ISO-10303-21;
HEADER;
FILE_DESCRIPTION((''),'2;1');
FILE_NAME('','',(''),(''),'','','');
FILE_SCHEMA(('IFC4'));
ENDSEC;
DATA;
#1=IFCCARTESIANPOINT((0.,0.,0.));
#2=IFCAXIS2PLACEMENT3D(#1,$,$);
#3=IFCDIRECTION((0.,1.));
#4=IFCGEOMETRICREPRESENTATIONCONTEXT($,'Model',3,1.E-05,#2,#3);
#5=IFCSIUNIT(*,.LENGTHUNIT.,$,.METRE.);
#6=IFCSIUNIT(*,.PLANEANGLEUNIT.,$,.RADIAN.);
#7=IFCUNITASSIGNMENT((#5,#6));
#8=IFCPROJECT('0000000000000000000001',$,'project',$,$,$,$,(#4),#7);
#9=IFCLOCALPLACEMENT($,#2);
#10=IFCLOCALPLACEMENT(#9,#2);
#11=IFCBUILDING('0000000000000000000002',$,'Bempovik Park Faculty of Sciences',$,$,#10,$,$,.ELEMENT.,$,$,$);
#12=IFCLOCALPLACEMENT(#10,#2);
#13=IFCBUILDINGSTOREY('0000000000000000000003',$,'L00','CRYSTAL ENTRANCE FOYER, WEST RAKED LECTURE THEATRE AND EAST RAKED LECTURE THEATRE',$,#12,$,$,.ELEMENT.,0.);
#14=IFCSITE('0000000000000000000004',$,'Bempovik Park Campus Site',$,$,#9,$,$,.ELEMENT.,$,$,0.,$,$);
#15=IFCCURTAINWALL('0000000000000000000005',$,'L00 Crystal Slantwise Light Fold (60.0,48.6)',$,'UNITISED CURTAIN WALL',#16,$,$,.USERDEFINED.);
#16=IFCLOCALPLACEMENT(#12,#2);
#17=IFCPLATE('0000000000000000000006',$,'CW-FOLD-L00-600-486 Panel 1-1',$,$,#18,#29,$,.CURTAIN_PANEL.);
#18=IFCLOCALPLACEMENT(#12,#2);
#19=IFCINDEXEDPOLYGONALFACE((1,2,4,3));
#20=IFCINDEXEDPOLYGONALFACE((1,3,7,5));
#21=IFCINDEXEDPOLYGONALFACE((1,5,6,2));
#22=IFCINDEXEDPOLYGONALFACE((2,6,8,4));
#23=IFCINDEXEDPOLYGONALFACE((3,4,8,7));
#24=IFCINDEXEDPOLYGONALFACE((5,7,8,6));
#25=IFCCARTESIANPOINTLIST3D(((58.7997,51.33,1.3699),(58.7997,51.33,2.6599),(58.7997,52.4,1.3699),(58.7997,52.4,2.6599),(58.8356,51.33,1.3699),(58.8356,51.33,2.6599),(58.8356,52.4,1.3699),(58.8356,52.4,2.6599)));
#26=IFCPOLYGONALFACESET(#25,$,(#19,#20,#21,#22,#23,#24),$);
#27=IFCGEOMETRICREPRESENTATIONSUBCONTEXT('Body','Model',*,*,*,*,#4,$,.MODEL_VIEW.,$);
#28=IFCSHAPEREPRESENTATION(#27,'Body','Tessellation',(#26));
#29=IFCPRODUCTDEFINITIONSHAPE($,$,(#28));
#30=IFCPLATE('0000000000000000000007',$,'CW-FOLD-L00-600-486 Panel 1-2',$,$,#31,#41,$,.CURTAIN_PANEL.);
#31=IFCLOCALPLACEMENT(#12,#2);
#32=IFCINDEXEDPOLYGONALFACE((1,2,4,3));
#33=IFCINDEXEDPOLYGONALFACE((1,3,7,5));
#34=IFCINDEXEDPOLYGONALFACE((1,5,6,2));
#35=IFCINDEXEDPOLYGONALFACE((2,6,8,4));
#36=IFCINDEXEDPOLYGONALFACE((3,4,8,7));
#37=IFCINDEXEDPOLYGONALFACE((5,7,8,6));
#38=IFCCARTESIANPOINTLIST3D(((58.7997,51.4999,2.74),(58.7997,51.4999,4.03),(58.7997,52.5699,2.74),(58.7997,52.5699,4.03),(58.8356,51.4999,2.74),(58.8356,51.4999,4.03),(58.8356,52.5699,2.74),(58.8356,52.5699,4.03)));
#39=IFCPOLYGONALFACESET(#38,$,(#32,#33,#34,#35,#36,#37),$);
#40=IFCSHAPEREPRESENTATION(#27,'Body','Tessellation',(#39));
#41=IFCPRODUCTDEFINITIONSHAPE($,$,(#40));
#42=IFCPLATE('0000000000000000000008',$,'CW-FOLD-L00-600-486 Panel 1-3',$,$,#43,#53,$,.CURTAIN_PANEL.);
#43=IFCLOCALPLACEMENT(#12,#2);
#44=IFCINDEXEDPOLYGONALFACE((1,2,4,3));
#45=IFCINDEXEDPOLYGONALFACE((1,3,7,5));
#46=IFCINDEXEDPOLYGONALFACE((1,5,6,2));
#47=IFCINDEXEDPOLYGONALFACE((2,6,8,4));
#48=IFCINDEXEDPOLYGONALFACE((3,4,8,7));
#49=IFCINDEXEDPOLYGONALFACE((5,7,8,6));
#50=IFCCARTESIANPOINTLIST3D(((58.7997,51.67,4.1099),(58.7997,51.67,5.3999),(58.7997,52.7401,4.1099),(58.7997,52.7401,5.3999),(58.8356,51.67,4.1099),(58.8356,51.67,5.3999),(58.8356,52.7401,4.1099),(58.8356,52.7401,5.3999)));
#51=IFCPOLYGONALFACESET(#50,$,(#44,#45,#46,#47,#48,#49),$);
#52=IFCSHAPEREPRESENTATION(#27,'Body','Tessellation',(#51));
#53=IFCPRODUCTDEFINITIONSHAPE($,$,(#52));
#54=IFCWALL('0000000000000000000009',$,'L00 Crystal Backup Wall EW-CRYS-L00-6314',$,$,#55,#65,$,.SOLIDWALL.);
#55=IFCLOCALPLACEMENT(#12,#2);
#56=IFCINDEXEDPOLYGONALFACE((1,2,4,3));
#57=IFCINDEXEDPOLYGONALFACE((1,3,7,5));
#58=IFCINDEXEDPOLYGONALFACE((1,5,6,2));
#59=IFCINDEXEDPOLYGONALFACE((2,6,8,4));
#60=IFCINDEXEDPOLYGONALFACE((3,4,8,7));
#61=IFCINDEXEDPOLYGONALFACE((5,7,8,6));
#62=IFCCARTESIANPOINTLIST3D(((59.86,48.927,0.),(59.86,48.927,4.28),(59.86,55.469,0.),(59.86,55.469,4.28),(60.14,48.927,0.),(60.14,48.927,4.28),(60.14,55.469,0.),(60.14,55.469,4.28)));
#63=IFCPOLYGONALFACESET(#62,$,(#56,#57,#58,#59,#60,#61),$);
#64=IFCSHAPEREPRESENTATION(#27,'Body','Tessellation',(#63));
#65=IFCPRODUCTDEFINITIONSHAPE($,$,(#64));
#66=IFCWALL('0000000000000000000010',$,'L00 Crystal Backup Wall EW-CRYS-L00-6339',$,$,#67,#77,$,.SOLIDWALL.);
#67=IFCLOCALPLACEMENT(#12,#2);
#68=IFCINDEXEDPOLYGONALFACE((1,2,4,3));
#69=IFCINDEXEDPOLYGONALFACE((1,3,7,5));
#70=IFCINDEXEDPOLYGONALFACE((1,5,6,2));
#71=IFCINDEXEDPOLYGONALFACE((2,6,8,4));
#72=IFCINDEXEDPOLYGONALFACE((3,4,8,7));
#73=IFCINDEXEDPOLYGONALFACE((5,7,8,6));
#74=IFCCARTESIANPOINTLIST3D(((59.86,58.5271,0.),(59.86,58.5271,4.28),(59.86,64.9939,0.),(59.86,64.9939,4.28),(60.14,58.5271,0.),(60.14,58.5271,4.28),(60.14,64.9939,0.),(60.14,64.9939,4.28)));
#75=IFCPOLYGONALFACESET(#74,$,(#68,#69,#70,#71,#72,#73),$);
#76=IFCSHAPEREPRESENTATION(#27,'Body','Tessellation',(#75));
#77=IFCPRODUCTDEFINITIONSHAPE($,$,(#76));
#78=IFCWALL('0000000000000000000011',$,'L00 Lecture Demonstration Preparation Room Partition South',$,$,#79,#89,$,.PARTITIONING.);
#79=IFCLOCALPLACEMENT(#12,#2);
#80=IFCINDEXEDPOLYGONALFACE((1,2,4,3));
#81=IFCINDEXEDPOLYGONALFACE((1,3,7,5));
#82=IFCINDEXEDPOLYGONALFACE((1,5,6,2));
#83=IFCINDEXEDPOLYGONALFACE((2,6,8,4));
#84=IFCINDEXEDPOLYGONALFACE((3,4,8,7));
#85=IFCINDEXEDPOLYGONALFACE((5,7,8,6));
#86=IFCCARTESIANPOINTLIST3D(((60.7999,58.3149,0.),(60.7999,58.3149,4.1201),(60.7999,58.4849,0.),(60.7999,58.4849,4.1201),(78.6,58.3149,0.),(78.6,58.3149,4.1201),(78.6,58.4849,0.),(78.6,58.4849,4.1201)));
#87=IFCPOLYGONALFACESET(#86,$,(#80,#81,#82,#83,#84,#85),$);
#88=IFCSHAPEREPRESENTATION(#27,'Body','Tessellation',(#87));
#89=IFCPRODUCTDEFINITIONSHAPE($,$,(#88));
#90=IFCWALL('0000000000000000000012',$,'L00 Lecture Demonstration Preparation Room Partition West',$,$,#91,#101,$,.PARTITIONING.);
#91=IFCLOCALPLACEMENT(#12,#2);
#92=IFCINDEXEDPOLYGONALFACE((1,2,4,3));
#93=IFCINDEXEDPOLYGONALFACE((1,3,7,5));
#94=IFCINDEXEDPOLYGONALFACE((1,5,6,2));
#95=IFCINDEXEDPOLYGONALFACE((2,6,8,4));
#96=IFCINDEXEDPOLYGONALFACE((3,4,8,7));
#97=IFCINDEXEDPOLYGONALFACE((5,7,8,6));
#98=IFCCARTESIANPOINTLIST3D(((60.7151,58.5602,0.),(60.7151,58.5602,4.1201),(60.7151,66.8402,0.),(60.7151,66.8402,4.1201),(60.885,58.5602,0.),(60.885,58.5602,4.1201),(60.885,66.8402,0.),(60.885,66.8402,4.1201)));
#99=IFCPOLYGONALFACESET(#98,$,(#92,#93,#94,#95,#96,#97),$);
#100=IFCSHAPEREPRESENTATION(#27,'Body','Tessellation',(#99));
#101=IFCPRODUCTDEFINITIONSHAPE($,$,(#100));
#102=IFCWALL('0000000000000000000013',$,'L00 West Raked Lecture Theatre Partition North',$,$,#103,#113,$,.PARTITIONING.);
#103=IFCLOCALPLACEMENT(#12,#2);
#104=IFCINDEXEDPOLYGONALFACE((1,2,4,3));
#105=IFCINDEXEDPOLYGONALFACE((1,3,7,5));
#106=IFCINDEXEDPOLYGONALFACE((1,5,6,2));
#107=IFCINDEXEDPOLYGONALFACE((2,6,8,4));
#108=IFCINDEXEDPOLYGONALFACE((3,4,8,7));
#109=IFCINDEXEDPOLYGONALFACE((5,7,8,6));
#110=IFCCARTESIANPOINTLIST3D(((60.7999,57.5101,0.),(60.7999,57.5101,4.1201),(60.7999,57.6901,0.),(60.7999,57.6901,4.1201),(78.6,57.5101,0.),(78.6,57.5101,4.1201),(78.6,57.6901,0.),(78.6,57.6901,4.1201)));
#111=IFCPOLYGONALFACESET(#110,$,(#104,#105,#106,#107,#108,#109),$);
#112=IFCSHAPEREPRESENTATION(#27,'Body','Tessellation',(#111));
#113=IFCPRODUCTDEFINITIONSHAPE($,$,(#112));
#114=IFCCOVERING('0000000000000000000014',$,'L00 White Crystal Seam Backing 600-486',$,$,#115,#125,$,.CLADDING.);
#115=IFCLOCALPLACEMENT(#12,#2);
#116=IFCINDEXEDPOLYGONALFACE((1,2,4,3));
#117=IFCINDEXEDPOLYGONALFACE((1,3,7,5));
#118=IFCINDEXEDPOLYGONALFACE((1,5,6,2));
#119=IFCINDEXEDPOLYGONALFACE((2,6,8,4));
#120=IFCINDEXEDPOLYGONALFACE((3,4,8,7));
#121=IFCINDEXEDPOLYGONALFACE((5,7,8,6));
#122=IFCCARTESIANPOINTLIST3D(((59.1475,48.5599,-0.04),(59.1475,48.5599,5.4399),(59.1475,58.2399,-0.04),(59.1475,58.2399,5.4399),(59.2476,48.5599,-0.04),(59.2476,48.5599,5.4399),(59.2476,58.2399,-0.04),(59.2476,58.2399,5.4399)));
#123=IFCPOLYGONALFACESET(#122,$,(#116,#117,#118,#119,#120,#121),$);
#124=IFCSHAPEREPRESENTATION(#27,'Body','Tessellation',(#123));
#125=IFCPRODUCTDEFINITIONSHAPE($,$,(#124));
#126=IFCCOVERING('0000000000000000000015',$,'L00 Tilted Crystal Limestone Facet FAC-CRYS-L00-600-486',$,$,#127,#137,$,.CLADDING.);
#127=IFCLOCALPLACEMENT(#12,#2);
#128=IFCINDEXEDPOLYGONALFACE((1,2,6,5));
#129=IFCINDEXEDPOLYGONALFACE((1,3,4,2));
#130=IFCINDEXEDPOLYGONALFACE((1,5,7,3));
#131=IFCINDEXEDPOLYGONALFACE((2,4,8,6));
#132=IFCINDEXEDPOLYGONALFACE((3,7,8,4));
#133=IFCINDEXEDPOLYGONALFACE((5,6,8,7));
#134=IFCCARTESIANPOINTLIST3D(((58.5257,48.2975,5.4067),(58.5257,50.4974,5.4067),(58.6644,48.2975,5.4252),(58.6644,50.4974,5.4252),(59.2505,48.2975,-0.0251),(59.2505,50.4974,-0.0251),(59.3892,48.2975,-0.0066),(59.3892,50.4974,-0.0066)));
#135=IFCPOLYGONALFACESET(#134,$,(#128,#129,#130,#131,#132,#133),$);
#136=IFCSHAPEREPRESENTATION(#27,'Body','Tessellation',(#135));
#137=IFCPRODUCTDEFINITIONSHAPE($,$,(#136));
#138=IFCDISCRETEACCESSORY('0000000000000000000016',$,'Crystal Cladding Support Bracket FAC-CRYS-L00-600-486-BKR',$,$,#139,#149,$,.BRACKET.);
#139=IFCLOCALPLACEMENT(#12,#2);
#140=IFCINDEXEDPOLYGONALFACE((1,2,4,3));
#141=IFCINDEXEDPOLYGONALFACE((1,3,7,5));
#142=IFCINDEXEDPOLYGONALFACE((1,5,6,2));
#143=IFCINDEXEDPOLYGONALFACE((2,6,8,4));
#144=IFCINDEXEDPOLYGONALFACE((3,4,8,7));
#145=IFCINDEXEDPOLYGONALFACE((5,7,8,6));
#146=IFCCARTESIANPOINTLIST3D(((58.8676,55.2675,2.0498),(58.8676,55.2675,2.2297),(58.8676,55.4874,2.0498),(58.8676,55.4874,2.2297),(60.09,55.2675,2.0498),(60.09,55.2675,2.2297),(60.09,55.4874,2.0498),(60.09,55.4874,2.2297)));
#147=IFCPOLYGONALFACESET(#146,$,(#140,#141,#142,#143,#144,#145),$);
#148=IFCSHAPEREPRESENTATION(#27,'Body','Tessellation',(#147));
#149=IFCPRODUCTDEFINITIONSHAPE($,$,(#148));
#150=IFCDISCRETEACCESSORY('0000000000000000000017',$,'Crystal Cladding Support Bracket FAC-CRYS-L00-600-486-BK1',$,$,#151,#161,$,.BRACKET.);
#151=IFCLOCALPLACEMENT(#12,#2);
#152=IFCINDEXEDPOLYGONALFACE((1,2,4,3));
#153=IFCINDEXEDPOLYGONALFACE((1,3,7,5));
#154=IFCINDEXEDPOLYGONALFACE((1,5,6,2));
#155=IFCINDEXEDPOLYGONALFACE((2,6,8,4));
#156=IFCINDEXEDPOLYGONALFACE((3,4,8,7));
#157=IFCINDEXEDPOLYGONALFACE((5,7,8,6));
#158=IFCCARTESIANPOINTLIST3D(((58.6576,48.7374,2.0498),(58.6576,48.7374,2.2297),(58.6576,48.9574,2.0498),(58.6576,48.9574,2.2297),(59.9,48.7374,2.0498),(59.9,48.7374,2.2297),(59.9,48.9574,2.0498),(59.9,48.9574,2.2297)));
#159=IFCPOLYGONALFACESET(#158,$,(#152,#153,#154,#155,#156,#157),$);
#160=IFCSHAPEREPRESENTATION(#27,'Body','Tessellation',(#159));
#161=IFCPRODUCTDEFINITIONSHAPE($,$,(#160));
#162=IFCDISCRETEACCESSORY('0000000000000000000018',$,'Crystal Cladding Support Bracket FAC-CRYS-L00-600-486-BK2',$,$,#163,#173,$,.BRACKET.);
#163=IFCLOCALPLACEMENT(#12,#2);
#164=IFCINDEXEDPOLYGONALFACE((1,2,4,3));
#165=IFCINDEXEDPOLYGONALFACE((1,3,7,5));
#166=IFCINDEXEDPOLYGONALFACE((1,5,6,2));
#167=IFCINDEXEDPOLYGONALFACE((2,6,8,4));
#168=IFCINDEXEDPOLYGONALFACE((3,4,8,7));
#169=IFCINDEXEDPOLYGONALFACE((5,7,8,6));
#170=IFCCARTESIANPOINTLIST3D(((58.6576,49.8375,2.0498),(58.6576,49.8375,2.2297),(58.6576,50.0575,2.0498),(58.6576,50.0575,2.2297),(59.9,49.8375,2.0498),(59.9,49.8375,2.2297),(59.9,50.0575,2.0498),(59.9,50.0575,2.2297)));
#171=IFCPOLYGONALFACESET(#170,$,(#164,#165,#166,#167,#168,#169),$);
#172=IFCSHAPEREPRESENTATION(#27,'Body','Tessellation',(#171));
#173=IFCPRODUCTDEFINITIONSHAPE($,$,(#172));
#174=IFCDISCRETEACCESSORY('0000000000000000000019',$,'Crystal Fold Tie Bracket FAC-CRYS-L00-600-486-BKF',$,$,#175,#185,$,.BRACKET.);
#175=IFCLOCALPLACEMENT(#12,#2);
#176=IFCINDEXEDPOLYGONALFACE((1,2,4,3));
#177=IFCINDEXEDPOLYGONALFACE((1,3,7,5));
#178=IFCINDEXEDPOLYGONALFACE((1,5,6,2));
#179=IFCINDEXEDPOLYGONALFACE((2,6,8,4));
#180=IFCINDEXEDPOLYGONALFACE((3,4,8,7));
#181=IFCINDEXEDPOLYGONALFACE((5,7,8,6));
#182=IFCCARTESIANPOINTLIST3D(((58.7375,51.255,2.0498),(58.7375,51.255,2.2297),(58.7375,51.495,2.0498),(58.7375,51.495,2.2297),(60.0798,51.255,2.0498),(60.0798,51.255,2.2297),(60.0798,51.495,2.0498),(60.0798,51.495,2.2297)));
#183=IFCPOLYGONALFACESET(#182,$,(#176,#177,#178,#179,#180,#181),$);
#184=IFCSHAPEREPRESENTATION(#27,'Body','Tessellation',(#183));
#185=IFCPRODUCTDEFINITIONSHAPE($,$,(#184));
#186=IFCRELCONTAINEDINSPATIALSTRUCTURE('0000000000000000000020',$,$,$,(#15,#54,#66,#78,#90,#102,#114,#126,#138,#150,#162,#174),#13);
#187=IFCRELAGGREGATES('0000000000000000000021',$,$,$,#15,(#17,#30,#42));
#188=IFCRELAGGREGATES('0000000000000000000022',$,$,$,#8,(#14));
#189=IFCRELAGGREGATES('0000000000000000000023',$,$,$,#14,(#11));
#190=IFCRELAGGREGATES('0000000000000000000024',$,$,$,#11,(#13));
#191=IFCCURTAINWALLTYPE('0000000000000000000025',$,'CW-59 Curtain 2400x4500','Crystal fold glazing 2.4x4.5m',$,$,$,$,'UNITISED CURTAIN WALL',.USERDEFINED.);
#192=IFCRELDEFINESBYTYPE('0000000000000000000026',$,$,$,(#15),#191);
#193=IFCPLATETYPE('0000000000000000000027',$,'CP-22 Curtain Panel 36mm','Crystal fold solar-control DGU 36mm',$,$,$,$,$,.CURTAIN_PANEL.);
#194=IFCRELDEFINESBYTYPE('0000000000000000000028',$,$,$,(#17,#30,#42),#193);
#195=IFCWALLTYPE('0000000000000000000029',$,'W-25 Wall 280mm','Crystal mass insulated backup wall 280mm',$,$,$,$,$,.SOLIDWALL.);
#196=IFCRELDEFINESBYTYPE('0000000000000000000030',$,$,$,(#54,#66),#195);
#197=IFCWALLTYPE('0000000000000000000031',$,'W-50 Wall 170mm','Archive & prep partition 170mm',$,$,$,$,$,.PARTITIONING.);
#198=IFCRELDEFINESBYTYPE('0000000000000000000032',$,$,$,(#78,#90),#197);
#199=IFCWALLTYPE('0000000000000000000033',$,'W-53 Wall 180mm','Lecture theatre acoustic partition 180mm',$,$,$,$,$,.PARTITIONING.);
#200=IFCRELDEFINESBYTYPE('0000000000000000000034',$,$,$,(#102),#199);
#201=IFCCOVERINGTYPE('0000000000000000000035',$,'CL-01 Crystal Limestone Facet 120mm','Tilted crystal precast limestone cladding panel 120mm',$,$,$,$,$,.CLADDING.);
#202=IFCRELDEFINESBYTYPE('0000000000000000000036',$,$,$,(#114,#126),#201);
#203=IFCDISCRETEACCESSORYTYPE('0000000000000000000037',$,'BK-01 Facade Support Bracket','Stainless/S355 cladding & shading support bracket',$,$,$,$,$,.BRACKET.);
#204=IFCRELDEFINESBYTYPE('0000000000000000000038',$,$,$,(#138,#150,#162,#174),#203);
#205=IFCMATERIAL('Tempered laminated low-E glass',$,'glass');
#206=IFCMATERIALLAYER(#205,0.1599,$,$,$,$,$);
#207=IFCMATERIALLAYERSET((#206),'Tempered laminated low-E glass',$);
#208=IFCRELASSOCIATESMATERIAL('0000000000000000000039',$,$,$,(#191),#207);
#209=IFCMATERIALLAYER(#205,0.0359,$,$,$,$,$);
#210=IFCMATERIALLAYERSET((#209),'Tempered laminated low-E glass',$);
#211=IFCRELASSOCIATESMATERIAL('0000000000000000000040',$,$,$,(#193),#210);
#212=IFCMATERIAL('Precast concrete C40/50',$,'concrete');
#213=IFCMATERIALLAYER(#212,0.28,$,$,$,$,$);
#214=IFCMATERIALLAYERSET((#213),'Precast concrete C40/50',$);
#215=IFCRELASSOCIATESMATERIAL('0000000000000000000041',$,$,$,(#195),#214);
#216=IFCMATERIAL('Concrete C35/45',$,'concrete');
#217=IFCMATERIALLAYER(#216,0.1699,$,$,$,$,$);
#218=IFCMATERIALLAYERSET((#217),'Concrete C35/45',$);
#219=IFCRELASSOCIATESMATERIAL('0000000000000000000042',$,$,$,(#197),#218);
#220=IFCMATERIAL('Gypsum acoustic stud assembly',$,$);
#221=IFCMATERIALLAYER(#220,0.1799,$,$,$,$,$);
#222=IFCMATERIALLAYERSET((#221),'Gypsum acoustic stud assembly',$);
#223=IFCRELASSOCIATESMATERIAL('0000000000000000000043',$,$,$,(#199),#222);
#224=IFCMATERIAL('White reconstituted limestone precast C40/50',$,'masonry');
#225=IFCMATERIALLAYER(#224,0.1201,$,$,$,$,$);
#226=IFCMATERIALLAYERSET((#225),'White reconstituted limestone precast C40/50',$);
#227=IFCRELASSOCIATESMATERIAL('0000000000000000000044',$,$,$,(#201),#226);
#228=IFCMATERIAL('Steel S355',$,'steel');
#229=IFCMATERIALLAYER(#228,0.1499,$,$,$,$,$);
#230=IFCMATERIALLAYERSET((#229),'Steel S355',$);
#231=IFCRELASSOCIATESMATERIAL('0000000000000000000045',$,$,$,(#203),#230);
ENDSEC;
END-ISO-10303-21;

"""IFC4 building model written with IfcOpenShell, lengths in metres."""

from ifc_helpers import new_model, si_unit, direction, frame, frame_2d, origin, origin_2d, place, context, subcontext, project, spatial, rectangle, extrude, material, layer, layer_set, type_object, element, aggregate, save


model = new_model("IFC4")

# Units and contexts
model_context = context("Model", 3, precision=1e-05, world=origin(), true_north=direction((0.0, 1.0)))
body_context = subcontext(model_context, "Body", "Model", "MODEL_VIEW")
ifc_project = project(units=[si_unit("LENGTHUNIT", "METRE"), si_unit("PLANEANGLEUNIT", "RADIAN")], contexts=[model_context])

# Site, building, storey
site_placement = place(None, origin())
site = spatial("IfcSite", under=ifc_project, at=site_placement, Name="Bempovik Park Campus Site", CompositionType="ELEMENT", RefElevation=0.0)
building_placement = place(site_placement, origin())
building = spatial("IfcBuilding", under=site, at=building_placement, Name="Bempovik Park Faculty of Sciences", CompositionType="ELEMENT")
storey_placement = place(building_placement, origin())
storey = spatial("IfcBuildingStorey", under=building, at=storey_placement, Name="L00", Description="CRYSTAL ENTRANCE FOYER, WEST RAKED LECTURE THEATRE AND EAST RAKED LECTURE THEATRE", CompositionType="ELEMENT", Elevation=0.0)

# Shared definitions
ifc_material_1 = material(Name="Concrete C35/45", Category="concrete")

# Curtain wall, plates
ifc_material_2 = material(Name="Tempered laminated low-E glass", Category="glass")
ifc_layer_1 = layer(ifc_material_2, 0.1599)
ifc_layer_set_1 = layer_set([ifc_layer_1], Name="Tempered laminated low-E glass")
curtain_wall_type = type_object("IfcCurtainWallType", Name="CW-59 Curtain 2400x4500", Description="Crystal fold glazing 2.4x4.5m", ElementType="UNITISED CURTAIN WALL", PredefinedType="USERDEFINED", material=ifc_layer_set_1)
curtain_wall_placement = place(storey_placement, origin())
curtain_wall = element("IfcCurtainWall", 1, at=curtain_wall_placement, inside=storey, type_object=curtain_wall_type, Name="L00 Crystal Slantwise Light Fold (60.0,48.6)", ObjectType="UNITISED CURTAIN WALL", PredefinedType="USERDEFINED")
ifc_layer_2 = layer(ifc_material_2, 0.0359)
ifc_layer_set_2 = layer_set([ifc_layer_2], Name="Tempered laminated low-E glass")
plate_type = type_object("IfcPlateType", Name="CP-22 Curtain Panel 36mm", Description="Crystal fold solar-control DGU 36mm", PredefinedType="CURTAIN_PANEL", material=ifc_layer_set_2)
plate_1_placement = place(storey_placement, frame((58.8176, 51.865, 1.3699), z_axis=(0.0, 0.0, 1.0), x_axis=(0.0, 1.0, 0.0)))
plate_1 = element("IfcPlate", 2, at=plate_1_placement, type_object=plate_type, Name="CW-FOLD-L00-600-486 Panel 1-1", PredefinedType="CURTAIN_PANEL", context=body_context, shape_type="SweptSolid", body=[
    extrude(rectangle(XDim=1.0701, YDim=0.0359, at=origin_2d()), origin(), (0.0, 0.0, 1.0), 1.29),
])
plate_2_placement = place(storey_placement, frame((58.8176, 52.0349, 2.74), z_axis=(0.0, 0.0, 1.0), x_axis=(0.0, 1.0, 0.0)))
plate_2 = element("IfcPlate", 3, at=plate_2_placement, type_object=plate_type, Name="CW-FOLD-L00-600-486 Panel 1-2", PredefinedType="CURTAIN_PANEL", context=body_context, shape_type="SweptSolid", body=[
    extrude(rectangle(XDim=1.0701, YDim=0.0359, at=origin_2d()), origin(), (0.0, 0.0, 1.0), 1.29),
])
plate_3_placement = place(storey_placement, frame((58.8176, 52.2051, 4.1099), z_axis=(0.0, 0.0, 1.0), x_axis=(0.0, 1.0, 0.0)))
plate_3 = element("IfcPlate", 4, at=plate_3_placement, type_object=plate_type, Name="CW-FOLD-L00-600-486 Panel 1-3", PredefinedType="CURTAIN_PANEL", context=body_context, shape_type="SweptSolid", body=[
    extrude(rectangle(XDim=1.0701, YDim=0.0359, at=origin_2d()), origin(), (0.0, 0.0, 1.0), 1.29),
])
aggregate(curtain_wall, [plate_1, plate_2, plate_3])

# Walls
ifc_material_3 = material(Name="Precast concrete C40/50", Category="concrete")
ifc_layer_3 = layer(ifc_material_3, 0.28)
ifc_layer_set_3 = layer_set([ifc_layer_3], Name="Precast concrete C40/50")
wall_type_1 = type_object("IfcWallType", Name="W-25 Wall 280mm", Description="Crystal mass insulated backup wall 280mm", PredefinedType="SOLIDWALL", material=ifc_layer_set_3)
wall_1_placement = place(storey_placement, frame((60.0, 48.927, 0.0), z_axis=(0.0, 0.0, 1.0), x_axis=(0.0, 1.0, 0.0)))
element("IfcWall", 5, at=wall_1_placement, inside=storey, type_object=wall_type_1, Name="L00 Crystal Backup Wall EW-CRYS-L00-6314", PredefinedType="SOLIDWALL", context=body_context, shape_type="SweptSolid", body=[
    extrude(rectangle(XDim=6.542, YDim=0.28, at=frame_2d((3.271, 0.0))), origin(), (0.0, 0.0, 1.0), 4.28),
])
wall_2_placement = place(storey_placement, frame((60.0, 58.5271, 0.0), z_axis=(0.0, 0.0, 1.0), x_axis=(0.0, 1.0, 0.0)))
element("IfcWall", 6, at=wall_2_placement, inside=storey, type_object=wall_type_1, Name="L00 Crystal Backup Wall EW-CRYS-L00-6339", PredefinedType="SOLIDWALL", context=body_context, shape_type="SweptSolid", body=[
    extrude(rectangle(XDim=6.4668, YDim=0.28, at=frame_2d((3.2334, 0.0))), origin(), (0.0, 0.0, 1.0), 4.28),
])
ifc_layer_4 = layer(ifc_material_1, 0.1699)
ifc_layer_set_4 = layer_set([ifc_layer_4], Name="Concrete C35/45")
wall_type_2 = type_object("IfcWallType", Name="W-50 Wall 170mm", Description="Archive & prep partition 170mm", PredefinedType="PARTITIONING", material=ifc_layer_set_4)
wall_3_placement = place(storey_placement, frame((60.8, 58.3999, 0.0), z_axis=(0.0, 0.0, 1.0), x_axis=(1.0, 0.0, 0.0)))
element("IfcWall", 7, at=wall_3_placement, inside=storey, type_object=wall_type_2, Name="L00 Lecture Demonstration Preparation Room Partition South", PredefinedType="PARTITIONING", context=body_context, shape_type="SweptSolid", body=[
    extrude(rectangle(XDim=17.8, YDim=0.1699, at=frame_2d((8.8999, 0.0))), origin(), (0.0, 0.0, 1.0), 4.1201),
])
wall_4_placement = place(storey_placement, frame((60.8, 58.5601, 0.0), z_axis=(0.0, 0.0, 1.0), x_axis=(0.0, 1.0, 0.0)))
element("IfcWall", 8, at=wall_4_placement, inside=storey, type_object=wall_type_2, Name="L00 Lecture Demonstration Preparation Room Partition West", PredefinedType="PARTITIONING", context=body_context, shape_type="SweptSolid", body=[
    extrude(rectangle(XDim=8.28, YDim=0.1699, at=frame_2d((4.1401, 0.0))), origin(), (0.0, 0.0, 1.0), 4.1201),
])
ifc_material_4 = material(Name="Gypsum acoustic stud assembly")
ifc_layer_5 = layer(ifc_material_4, 0.1799)
ifc_layer_set_5 = layer_set([ifc_layer_5], Name="Gypsum acoustic stud assembly")
wall_type_3 = type_object("IfcWallType", Name="W-53 Wall 180mm", Description="Lecture theatre acoustic partition 180mm", PredefinedType="PARTITIONING", material=ifc_layer_set_5)
wall_5_placement = place(storey_placement, frame((60.8, 57.6001, 0.0), z_axis=(0.0, 0.0, 1.0), x_axis=(1.0, 0.0, 0.0)))
element("IfcWall", 9, at=wall_5_placement, inside=storey, type_object=wall_type_3, Name="L00 West Raked Lecture Theatre Partition North", PredefinedType="PARTITIONING", context=body_context, shape_type="SweptSolid", body=[
    extrude(rectangle(XDim=17.8, YDim=0.1799, at=frame_2d((8.8999, 0.0))), origin(), (0.0, 0.0, 1.0), 4.1201),
])

# Coverings
ifc_material_5 = material(Name="White reconstituted limestone precast C40/50", Category="masonry")
ifc_layer_6 = layer(ifc_material_5, 0.1201)
ifc_layer_set_6 = layer_set([ifc_layer_6], Name="White reconstituted limestone precast C40/50")
covering_type = type_object("IfcCoveringType", Name="CL-01 Crystal Limestone Facet 120mm", Description="Tilted crystal precast limestone cladding panel 120mm", PredefinedType="CLADDING", material=ifc_layer_set_6)
covering_1_placement = place(storey_placement, frame((59.1975, 53.3999, -0.04), z_axis=(0.0, 0.0, 1.0), x_axis=(1.0, 0.0, 0.0)))
element("IfcCovering", 10, at=covering_1_placement, inside=storey, type_object=covering_type, Name="L00 White Crystal Seam Backing 600-486", PredefinedType="CLADDING", context=body_context, shape_type="SweptSolid", body=[
    extrude(rectangle(XDim=0.1001, YDim=9.6799, at=origin_2d()), origin(), (0.0, 0.0, 1.0), 5.48),
])
covering_2_placement = place(storey_placement, frame((59.3198, 49.3975, -0.0159), z_axis=(-0.132256, 0.0, 0.991216), x_axis=(0.0, 1.0, 0.0)))
element("IfcCovering", 11, at=covering_2_placement, inside=storey, type_object=covering_type, Name="L00 Tilted Crystal Limestone Facet FAC-CRYS-L00-600-486", PredefinedType="CLADDING", context=body_context, shape_type="SweptSolid", body=[
    extrude(rectangle(XDim=2.2, YDim=0.1399, at=origin_2d()), origin(), (0.0, 0.0, 1.0), 5.48),
])

# Discrete accessories
ifc_material_6 = material(Name="Steel S355", Category="steel")
ifc_layer_7 = layer(ifc_material_6, 0.1499)
ifc_layer_set_7 = layer_set([ifc_layer_7], Name="Steel S355")
discrete_accessory_type = type_object("IfcDiscreteAccessoryType", Name="BK-01 Facade Support Bracket", Description="Stainless/S355 cladding & shading support bracket", PredefinedType="BRACKET", material=ifc_layer_set_7)
discrete_accessory_1_placement = place(storey_placement, frame((59.4788, 55.3774, 2.0498), z_axis=(0.0, 0.0, 1.0), x_axis=(1.0, 0.0, 0.0)))
element("IfcDiscreteAccessory", 12, at=discrete_accessory_1_placement, inside=storey, type_object=discrete_accessory_type, Name="Crystal Cladding Support Bracket FAC-CRYS-L00-600-486-BKR", PredefinedType="BRACKET", context=body_context, shape_type="SweptSolid", body=[
    extrude(rectangle(XDim=1.2224, YDim=0.22, at=origin_2d()), origin(), (0.0, 0.0, 1.0), 0.1799),
])
for number, where, z_axis, x_axis, name in (
    (13, (59.2788, 48.8474, 2.0498), (0.0, 0.0, 1.0), (1.0, 0.0, 0.0), "Crystal Cladding Support Bracket FAC-CRYS-L00-600-486-BK1"),
    (14, (59.2788, 49.9475, 2.0498), (0.0, 0.0, 1.0), (1.0, 0.0, 0.0), "Crystal Cladding Support Bracket FAC-CRYS-L00-600-486-BK2"),
):
    element("IfcDiscreteAccessory", number, at=place(storey_placement, frame(where, z_axis=z_axis, x_axis=x_axis)), inside=storey, type_object=discrete_accessory_type, Name=name, PredefinedType="BRACKET", context=body_context, shape_type="SweptSolid", body=[
        extrude(rectangle(XDim=1.2424, YDim=0.22, at=origin_2d()), origin(), (0.0, 0.0, 1.0), 0.1799),
    ])
discrete_accessory_2_placement = place(storey_placement, frame((59.4087, 51.375, 2.0498), z_axis=(0.0, 0.0, 1.0), x_axis=(1.0, 0.0, 0.0)))
element("IfcDiscreteAccessory", 15, at=discrete_accessory_2_placement, inside=storey, type_object=discrete_accessory_type, Name="Crystal Fold Tie Bracket FAC-CRYS-L00-600-486-BKF", PredefinedType="BRACKET", context=body_context, shape_type="SweptSolid", body=[
    extrude(rectangle(XDim=1.3423, YDim=0.24, at=origin_2d()), origin(), (0.0, 0.0, 1.0), 0.1799),
])

save(model, "model.ifc")
